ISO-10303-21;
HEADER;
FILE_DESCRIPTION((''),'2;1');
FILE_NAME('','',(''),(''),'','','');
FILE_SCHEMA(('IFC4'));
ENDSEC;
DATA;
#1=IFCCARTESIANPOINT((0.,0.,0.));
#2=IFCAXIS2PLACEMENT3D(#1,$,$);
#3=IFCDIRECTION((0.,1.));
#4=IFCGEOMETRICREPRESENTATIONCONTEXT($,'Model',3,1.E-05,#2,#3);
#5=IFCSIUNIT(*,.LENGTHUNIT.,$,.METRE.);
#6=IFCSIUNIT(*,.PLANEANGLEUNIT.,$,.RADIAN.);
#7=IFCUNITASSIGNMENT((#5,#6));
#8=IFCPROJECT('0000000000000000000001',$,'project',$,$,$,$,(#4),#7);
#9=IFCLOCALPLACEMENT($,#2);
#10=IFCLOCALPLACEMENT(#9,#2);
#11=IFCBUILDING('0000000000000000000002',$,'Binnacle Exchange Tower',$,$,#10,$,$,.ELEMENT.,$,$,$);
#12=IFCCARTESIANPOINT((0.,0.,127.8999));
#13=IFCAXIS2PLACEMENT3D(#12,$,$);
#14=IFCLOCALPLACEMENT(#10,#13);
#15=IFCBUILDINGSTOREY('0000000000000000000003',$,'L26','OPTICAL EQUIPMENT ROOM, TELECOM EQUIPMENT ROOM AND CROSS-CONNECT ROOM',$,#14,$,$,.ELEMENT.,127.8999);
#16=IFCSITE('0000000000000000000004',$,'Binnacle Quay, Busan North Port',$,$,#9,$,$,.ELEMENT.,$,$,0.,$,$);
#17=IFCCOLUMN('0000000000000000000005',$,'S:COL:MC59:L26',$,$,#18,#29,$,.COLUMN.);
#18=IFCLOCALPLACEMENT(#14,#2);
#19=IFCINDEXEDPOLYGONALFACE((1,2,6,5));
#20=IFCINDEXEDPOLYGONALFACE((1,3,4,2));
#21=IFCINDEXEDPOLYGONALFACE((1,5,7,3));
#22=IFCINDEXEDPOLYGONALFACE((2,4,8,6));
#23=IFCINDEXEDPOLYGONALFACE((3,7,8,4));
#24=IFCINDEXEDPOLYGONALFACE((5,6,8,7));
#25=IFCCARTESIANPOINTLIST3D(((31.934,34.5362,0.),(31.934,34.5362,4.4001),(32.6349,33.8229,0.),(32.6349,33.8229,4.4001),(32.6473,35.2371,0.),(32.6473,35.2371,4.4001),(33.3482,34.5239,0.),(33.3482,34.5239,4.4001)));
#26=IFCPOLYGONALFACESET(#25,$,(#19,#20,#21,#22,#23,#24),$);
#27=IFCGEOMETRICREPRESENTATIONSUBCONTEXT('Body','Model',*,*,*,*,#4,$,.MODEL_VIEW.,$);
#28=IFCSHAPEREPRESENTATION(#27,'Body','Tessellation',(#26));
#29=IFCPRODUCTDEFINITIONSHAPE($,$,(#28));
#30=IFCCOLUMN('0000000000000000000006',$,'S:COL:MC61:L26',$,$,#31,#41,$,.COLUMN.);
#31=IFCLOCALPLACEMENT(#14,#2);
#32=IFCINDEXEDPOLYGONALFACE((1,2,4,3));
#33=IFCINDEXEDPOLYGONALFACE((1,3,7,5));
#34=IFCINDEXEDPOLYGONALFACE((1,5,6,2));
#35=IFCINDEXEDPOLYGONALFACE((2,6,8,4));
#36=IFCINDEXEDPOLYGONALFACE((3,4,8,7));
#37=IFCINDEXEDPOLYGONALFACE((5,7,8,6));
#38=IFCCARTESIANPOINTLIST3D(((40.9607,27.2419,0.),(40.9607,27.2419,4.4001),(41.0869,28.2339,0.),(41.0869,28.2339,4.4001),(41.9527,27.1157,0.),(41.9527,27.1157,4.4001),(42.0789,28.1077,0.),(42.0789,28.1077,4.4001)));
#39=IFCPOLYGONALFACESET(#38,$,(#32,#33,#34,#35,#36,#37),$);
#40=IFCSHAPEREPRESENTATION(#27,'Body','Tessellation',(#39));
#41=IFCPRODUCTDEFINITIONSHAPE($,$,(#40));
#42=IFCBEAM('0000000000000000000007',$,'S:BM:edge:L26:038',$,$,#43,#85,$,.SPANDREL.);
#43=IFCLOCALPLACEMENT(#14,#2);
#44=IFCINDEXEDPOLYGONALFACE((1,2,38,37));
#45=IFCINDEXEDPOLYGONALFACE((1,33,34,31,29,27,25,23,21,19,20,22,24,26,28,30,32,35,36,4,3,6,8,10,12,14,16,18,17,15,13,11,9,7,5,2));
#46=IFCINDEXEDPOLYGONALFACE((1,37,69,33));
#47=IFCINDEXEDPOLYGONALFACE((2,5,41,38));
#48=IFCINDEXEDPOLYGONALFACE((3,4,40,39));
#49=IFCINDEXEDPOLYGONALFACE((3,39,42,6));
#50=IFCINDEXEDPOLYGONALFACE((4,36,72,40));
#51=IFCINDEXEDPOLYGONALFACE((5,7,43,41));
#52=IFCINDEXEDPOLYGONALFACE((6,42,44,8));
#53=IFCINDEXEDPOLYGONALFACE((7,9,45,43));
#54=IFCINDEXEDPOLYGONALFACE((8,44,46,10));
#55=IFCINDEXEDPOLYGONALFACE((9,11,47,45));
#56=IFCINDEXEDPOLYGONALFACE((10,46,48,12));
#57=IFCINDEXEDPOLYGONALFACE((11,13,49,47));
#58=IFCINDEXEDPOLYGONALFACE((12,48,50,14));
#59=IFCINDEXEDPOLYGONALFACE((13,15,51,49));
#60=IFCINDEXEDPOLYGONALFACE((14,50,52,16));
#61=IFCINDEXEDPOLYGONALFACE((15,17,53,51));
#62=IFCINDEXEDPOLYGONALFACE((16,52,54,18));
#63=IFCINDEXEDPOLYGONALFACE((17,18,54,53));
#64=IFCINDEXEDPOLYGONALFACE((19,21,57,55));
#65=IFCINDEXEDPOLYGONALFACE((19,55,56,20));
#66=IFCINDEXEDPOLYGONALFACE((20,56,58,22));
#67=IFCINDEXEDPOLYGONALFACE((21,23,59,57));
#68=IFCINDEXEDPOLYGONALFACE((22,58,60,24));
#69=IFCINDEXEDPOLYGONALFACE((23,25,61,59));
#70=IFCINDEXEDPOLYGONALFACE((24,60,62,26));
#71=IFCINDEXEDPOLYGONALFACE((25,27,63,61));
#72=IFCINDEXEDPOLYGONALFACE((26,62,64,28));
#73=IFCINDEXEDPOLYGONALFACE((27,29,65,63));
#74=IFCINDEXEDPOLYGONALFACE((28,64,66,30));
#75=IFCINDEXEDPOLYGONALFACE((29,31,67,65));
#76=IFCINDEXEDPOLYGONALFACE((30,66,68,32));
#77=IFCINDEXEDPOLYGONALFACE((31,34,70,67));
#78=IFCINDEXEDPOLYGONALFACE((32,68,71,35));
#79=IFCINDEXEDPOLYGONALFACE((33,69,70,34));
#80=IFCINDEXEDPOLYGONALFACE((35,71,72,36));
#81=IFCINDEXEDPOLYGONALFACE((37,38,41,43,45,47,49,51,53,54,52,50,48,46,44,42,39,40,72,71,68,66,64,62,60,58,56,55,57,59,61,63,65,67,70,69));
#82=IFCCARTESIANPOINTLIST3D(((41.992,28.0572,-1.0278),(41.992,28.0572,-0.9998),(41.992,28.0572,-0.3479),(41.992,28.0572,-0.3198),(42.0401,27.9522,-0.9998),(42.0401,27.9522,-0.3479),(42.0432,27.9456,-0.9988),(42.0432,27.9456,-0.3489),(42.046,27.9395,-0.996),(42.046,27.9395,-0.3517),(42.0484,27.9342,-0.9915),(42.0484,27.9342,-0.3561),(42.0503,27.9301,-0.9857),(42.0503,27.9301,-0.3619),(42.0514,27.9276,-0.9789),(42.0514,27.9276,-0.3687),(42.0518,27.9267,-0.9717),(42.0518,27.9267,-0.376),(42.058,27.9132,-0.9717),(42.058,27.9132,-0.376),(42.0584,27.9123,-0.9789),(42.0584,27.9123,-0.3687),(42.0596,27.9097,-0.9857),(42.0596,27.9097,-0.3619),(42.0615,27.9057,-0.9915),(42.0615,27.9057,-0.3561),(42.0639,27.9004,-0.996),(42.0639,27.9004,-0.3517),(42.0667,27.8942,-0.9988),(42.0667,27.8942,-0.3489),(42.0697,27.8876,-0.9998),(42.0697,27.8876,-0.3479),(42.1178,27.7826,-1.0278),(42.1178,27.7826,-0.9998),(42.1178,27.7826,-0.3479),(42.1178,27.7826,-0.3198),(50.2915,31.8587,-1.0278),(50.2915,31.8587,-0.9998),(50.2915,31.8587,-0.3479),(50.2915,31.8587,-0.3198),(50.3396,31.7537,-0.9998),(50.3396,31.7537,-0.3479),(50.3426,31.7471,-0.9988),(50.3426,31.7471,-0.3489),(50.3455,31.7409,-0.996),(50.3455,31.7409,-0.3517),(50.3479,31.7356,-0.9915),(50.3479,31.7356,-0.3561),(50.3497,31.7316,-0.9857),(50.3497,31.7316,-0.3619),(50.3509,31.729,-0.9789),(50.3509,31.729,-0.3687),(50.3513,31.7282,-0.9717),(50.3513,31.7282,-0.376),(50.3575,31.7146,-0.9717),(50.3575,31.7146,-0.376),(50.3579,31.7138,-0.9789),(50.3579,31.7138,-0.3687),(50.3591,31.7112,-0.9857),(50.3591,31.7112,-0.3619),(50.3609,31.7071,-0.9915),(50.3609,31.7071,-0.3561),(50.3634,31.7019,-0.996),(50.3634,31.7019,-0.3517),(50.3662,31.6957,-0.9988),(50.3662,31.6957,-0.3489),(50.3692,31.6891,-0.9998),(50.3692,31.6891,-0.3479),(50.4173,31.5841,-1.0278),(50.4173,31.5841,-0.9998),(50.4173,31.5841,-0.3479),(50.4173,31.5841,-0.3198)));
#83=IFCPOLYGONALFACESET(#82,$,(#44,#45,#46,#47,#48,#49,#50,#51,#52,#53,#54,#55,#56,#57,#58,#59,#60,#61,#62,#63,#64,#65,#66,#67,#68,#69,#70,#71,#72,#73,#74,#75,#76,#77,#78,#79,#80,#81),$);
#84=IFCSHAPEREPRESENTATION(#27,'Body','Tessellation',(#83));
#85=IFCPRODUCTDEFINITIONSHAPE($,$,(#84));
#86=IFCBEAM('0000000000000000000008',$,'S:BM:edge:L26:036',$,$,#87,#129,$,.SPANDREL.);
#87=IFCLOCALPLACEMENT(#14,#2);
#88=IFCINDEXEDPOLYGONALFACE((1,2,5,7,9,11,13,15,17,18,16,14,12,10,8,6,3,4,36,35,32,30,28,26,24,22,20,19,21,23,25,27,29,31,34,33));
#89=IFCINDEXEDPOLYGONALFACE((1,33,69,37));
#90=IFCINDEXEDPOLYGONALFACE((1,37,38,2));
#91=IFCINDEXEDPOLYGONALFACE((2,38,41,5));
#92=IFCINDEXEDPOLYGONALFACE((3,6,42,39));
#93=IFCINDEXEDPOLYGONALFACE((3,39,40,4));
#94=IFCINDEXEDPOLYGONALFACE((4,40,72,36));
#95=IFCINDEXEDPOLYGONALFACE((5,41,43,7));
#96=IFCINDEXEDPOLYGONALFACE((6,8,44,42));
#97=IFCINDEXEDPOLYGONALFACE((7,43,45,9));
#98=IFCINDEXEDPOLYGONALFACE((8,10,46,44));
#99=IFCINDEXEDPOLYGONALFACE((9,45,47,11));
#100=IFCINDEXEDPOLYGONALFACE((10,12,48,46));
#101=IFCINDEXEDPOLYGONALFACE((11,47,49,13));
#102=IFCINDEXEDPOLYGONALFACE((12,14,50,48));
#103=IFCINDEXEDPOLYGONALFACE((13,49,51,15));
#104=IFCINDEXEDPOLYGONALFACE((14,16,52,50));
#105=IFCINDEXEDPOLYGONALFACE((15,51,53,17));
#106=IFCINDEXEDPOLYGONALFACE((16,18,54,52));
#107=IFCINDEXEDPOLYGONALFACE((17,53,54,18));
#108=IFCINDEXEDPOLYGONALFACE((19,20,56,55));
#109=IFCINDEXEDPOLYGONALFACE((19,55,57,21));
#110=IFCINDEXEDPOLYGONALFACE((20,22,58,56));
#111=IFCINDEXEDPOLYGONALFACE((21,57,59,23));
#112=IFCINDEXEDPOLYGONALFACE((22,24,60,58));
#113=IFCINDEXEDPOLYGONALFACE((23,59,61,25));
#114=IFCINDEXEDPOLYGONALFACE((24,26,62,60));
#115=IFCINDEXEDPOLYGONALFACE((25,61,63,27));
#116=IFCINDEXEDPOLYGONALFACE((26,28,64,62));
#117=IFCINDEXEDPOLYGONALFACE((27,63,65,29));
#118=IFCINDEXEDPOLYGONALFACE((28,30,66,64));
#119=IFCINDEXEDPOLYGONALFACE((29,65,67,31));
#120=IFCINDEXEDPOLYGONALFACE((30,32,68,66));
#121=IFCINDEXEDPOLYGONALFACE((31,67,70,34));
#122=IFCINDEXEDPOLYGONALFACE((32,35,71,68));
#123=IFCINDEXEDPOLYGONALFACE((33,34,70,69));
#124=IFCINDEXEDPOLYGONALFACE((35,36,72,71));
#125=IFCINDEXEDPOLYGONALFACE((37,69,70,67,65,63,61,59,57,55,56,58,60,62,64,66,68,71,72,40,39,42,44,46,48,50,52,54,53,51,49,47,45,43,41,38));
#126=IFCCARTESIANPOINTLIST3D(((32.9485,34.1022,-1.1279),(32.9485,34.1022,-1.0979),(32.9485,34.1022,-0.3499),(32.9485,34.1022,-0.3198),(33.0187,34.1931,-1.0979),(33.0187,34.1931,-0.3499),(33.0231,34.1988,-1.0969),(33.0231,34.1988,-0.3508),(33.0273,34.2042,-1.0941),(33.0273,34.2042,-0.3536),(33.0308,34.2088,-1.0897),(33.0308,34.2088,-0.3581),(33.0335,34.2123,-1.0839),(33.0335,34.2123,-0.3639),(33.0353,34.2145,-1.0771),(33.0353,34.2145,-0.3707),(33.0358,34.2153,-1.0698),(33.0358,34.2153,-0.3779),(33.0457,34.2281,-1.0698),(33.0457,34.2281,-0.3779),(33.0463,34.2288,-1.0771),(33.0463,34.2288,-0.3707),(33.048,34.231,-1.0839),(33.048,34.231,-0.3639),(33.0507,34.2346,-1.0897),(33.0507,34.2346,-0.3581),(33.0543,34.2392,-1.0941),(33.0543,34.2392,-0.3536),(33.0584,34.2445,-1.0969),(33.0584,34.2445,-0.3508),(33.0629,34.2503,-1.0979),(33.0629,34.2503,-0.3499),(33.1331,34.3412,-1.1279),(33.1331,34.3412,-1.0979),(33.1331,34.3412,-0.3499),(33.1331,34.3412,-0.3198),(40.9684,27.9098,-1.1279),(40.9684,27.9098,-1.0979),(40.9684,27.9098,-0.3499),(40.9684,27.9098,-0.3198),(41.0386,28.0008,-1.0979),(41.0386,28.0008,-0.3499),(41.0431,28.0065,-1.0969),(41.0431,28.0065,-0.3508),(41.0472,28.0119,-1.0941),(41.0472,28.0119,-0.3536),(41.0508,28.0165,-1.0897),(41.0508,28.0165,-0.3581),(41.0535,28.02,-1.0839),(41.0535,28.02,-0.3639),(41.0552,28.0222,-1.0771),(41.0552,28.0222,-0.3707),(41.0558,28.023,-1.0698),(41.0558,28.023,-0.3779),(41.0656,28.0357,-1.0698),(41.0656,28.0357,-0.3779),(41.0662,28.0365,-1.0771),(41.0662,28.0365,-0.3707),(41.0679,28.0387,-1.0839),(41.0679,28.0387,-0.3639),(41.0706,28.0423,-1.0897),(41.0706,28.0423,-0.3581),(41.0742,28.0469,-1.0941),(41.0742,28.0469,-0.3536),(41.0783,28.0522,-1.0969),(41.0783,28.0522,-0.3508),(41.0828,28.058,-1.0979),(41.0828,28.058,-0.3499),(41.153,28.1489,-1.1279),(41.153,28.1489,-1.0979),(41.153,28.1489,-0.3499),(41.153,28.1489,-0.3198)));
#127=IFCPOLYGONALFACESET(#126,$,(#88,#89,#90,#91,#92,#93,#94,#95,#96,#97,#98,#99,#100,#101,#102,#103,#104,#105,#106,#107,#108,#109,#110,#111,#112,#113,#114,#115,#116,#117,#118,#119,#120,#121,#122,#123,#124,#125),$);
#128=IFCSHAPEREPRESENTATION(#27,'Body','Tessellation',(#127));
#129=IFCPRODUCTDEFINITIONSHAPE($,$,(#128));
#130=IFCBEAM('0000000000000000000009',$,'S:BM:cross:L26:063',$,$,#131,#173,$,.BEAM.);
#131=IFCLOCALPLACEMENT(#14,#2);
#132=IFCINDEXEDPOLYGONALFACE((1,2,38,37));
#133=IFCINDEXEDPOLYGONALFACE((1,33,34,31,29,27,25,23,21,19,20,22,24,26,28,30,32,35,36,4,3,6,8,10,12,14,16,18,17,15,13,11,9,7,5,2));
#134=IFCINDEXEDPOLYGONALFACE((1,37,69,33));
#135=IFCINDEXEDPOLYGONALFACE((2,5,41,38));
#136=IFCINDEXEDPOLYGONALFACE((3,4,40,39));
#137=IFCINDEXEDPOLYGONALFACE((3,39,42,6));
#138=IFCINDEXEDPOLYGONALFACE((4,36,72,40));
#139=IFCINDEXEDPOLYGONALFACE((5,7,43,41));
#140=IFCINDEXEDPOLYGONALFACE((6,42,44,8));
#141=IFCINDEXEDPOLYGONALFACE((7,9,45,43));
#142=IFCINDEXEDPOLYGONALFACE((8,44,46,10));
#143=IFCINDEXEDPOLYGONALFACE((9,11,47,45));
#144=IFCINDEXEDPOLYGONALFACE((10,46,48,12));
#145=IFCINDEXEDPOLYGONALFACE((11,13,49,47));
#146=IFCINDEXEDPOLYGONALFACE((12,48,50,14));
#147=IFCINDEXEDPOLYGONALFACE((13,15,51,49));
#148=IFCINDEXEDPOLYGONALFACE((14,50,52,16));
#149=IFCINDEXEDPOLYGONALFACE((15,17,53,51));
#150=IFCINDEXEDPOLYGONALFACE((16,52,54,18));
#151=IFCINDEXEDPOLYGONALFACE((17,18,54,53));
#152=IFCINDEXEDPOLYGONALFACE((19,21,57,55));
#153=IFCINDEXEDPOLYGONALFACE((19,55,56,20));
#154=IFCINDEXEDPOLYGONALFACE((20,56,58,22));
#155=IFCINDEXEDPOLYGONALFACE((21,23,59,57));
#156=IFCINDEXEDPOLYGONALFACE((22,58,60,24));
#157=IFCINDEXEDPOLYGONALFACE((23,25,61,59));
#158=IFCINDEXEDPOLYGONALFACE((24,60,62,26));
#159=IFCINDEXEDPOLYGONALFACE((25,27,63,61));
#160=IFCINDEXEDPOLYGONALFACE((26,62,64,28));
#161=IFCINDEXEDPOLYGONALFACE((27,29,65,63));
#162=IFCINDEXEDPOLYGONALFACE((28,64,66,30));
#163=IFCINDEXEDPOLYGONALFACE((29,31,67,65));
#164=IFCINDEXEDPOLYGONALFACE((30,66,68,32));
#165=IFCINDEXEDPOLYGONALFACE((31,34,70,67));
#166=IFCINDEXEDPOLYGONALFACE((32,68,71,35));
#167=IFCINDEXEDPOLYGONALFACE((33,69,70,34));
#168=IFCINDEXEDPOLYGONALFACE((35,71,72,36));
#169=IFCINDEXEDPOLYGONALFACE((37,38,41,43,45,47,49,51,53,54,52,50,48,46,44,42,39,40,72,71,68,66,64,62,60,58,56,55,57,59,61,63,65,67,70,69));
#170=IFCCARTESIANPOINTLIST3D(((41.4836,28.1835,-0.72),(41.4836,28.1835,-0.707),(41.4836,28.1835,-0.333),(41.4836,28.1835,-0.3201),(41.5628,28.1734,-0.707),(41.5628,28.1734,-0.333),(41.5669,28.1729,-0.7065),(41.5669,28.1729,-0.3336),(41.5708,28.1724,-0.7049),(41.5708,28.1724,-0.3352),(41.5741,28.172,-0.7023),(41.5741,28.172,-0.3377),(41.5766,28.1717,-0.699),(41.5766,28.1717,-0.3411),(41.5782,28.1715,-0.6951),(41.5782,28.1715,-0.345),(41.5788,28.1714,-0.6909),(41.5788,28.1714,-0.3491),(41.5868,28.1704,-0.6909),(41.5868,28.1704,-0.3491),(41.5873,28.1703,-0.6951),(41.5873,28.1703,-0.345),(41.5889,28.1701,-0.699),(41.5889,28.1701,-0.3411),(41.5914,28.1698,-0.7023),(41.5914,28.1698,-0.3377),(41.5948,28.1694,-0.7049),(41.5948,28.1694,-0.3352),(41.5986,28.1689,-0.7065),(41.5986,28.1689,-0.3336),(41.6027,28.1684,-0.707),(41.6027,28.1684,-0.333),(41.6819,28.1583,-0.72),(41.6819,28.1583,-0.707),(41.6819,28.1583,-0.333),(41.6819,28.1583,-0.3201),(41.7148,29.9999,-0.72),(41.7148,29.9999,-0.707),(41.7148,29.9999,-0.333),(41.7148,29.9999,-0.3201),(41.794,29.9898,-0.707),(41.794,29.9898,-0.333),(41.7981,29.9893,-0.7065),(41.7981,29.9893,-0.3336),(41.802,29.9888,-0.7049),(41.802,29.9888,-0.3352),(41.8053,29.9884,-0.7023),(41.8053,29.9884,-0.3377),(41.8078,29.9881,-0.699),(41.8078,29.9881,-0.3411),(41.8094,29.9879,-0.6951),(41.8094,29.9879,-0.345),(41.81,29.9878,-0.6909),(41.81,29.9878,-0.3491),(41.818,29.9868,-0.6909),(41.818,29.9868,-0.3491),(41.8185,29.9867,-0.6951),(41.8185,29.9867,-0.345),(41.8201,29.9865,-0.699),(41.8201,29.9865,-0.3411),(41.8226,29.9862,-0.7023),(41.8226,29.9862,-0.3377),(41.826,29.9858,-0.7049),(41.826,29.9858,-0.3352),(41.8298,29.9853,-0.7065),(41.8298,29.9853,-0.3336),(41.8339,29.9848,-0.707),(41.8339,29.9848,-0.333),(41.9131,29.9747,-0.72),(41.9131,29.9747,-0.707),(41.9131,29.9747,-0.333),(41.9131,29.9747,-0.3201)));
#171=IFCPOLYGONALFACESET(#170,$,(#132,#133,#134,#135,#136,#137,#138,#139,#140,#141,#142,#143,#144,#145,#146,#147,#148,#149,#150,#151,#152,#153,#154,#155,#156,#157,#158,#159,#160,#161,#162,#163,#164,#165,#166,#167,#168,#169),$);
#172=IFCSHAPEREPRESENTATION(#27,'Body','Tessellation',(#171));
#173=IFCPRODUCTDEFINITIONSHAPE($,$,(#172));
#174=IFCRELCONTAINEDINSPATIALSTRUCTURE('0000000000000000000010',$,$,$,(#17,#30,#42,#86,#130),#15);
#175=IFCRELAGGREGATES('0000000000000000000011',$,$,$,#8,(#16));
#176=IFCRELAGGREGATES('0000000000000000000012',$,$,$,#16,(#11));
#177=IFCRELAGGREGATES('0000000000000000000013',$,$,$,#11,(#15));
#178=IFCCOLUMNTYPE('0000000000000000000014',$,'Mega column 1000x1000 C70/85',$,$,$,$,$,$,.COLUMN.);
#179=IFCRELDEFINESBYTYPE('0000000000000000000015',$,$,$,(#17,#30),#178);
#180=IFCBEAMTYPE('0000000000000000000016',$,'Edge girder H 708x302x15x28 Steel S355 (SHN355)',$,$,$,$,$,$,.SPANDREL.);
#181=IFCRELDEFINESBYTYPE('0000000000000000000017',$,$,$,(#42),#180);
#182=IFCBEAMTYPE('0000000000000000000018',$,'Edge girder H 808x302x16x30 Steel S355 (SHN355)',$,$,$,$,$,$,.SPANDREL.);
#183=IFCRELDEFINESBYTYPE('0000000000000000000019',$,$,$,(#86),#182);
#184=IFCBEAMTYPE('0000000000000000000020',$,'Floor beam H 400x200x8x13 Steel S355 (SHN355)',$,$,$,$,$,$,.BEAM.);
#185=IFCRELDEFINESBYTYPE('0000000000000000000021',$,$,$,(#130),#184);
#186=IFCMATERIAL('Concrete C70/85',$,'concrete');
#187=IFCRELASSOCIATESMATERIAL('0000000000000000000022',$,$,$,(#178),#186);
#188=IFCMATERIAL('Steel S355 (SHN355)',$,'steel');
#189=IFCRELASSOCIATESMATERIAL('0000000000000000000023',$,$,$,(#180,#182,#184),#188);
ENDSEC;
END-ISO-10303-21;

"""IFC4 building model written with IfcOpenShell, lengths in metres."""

from ifc_helpers import new_model, si_unit, direction, frame, origin, origin_2d, place, context, subcontext, project, spatial, rectangle, i_section, extrude, material, material_profile, profile_set, type_object, element, save


model = new_model("IFC4")

# Units and contexts
model_context = context("Model", 3, precision=1e-05, world=origin(), true_north=direction((0.0, 1.0)))
body_context = subcontext(model_context, "Body", "Model", "MODEL_VIEW")
ifc_project = project(units=[si_unit("LENGTHUNIT", "METRE"), si_unit("PLANEANGLEUNIT", "RADIAN")], contexts=[model_context])

# Site, building, storey
site_placement = place(None, origin())
site = spatial("IfcSite", under=ifc_project, at=site_placement, Name="Binnacle Quay, Busan North Port", CompositionType="ELEMENT", RefElevation=0.0)
building_placement = place(site_placement, origin())
building = spatial("IfcBuilding", under=site, at=building_placement, Name="Binnacle Exchange Tower", CompositionType="ELEMENT")
storey_placement = place(building_placement, frame((0.0, 0.0, 127.8999)))
storey = spatial("IfcBuildingStorey", under=building, at=storey_placement, Name="L26", Description="OPTICAL EQUIPMENT ROOM, TELECOM EQUIPMENT ROOM AND CROSS-CONNECT ROOM", CompositionType="ELEMENT", Elevation=127.8999)

# Columns
ifc_material_1 = material(Name="Concrete C70/85", Category="concrete")
ifc_material_profile_1 = material_profile(ifc_material_1, rectangle(XDim=1.0, YDim=1.0, at=origin_2d()), Name="Mega column 1000x1000 C70/85")
ifc_profile_set_1 = profile_set([ifc_material_profile_1], Name="Concrete C70/85")
column_type = type_object("IfcColumnType", Name="Mega column 1000x1000 C70/85", PredefinedType="COLUMN", material=ifc_profile_set_1)
for number, where, z_axis, x_axis, name in (
    (1, (32.6411, 34.53, 0.0), (0.0, 0.0, 1.0), (0.700909, -0.71325, 0.0), "S:COL:MC59:L26"),
    (2, (41.5198, 27.6748, 0.0), (0.0, 0.0, 1.0), (0.992005, -0.126199, 0.0), "S:COL:MC61:L26"),
):
    element("IfcColumn", number, at=place(storey_placement, frame(where, z_axis=z_axis, x_axis=x_axis)), inside=storey, type_object=column_type, Name=name, PredefinedType="COLUMN", context=body_context, shape_type="SweptSolid", body=[
        extrude(rectangle(XDim=1.0, YDim=1.0, at=origin_2d()), origin(), (0.0, 0.0, 1.0), 4.4001),
    ])

# Beams
ifc_material_2 = material(Name="Steel S355 (SHN355)", Category="steel")
ifc_material_profile_2 = material_profile(ifc_material_2, i_section(OverallWidth=0.302, OverallDepth=0.708, WebThickness=0.0149, FlangeThickness=0.0281, FilletRadius=0.0281, at=origin_2d()), Name="H 708x302x15x28")
ifc_profile_set_2 = profile_set([ifc_material_profile_2], Name="Steel S355 (SHN355)")
beam_type_1 = type_object("IfcBeamType", Name="Edge girder H 708x302x15x28 Steel S355 (SHN355)", PredefinedType="SPANDREL", material=ifc_profile_set_2)
beam_1_placement = place(storey_placement, frame((42.0549, 27.9199, -0.6738), z_axis=(0.909167, 0.416433, 0.0), x_axis=(-0.416433, 0.909167, 0.0)))
element("IfcBeam", 3, at=beam_1_placement, inside=storey, type_object=beam_type_1, Name="S:BM:edge:L26:038", PredefinedType="SPANDREL", context=body_context, shape_type="SweptSolid", body=[
    extrude(i_section(OverallWidth=0.302, OverallDepth=0.708, WebThickness=0.0149, FlangeThickness=0.0281, FilletRadius=0.0281, at=origin_2d()), origin(), (0.0, 0.0, 1.0), 9.1287),
])
ifc_material_profile_3 = material_profile(ifc_material_2, i_section(OverallWidth=0.302, OverallDepth=0.8081, WebThickness=0.0161, FlangeThickness=0.03, FilletRadius=0.0281, at=origin_2d()), Name="H 808x302x16x30")
ifc_profile_set_3 = profile_set([ifc_material_profile_3], Name="Steel S355 (SHN355)")
beam_type_2 = type_object("IfcBeamType", Name="Edge girder H 808x302x16x30 Steel S355 (SHN355)", PredefinedType="SPANDREL", material=ifc_profile_set_3)
beam_2_placement = place(storey_placement, frame((33.0408, 34.2217, -0.7239), z_axis=(0.791519, -0.611144, 0.0), x_axis=(0.611144, 0.791519, 0.0)))
element("IfcBeam", 4, at=beam_2_placement, inside=storey, type_object=beam_type_2, Name="S:BM:edge:L26:036", PredefinedType="SPANDREL", context=body_context, shape_type="SweptSolid", body=[
    extrude(i_section(OverallWidth=0.302, OverallDepth=0.8081, WebThickness=0.0161, FlangeThickness=0.03, FilletRadius=0.0281, at=origin_2d()), origin(), (0.0, 0.0, 1.0), 10.1323),
])
ifc_material_profile_4 = material_profile(ifc_material_2, i_section(OverallWidth=0.2, OverallDepth=0.3999, WebThickness=0.0081, FlangeThickness=0.0129, FilletRadius=0.0161, at=origin_2d()), Name="H 400x200x8x13")
ifc_profile_set_4 = profile_set([ifc_material_profile_4], Name="Steel S355 (SHN355)")
beam_type_3 = type_object("IfcBeamType", Name="Floor beam H 400x200x8x13 Steel S355 (SHN355)", PredefinedType="BEAM", material=ifc_profile_set_4)
beam_3_placement = place(storey_placement, frame((41.5828, 28.1709, -0.52), z_axis=(0.126266, 0.991996, 0.0), x_axis=(-0.991996, 0.126266, 0.0)))
element("IfcBeam", 5, at=beam_3_placement, inside=storey, type_object=beam_type_3, Name="S:BM:cross:L26:063", PredefinedType="BEAM", context=body_context, shape_type="SweptSolid", body=[
    extrude(i_section(OverallWidth=0.2, OverallDepth=0.3999, WebThickness=0.0081, FlangeThickness=0.0129, FilletRadius=0.0161, at=origin_2d()), origin(), (0.0, 0.0, 1.0), 1.8311),
])

save(model, "model.ifc")
